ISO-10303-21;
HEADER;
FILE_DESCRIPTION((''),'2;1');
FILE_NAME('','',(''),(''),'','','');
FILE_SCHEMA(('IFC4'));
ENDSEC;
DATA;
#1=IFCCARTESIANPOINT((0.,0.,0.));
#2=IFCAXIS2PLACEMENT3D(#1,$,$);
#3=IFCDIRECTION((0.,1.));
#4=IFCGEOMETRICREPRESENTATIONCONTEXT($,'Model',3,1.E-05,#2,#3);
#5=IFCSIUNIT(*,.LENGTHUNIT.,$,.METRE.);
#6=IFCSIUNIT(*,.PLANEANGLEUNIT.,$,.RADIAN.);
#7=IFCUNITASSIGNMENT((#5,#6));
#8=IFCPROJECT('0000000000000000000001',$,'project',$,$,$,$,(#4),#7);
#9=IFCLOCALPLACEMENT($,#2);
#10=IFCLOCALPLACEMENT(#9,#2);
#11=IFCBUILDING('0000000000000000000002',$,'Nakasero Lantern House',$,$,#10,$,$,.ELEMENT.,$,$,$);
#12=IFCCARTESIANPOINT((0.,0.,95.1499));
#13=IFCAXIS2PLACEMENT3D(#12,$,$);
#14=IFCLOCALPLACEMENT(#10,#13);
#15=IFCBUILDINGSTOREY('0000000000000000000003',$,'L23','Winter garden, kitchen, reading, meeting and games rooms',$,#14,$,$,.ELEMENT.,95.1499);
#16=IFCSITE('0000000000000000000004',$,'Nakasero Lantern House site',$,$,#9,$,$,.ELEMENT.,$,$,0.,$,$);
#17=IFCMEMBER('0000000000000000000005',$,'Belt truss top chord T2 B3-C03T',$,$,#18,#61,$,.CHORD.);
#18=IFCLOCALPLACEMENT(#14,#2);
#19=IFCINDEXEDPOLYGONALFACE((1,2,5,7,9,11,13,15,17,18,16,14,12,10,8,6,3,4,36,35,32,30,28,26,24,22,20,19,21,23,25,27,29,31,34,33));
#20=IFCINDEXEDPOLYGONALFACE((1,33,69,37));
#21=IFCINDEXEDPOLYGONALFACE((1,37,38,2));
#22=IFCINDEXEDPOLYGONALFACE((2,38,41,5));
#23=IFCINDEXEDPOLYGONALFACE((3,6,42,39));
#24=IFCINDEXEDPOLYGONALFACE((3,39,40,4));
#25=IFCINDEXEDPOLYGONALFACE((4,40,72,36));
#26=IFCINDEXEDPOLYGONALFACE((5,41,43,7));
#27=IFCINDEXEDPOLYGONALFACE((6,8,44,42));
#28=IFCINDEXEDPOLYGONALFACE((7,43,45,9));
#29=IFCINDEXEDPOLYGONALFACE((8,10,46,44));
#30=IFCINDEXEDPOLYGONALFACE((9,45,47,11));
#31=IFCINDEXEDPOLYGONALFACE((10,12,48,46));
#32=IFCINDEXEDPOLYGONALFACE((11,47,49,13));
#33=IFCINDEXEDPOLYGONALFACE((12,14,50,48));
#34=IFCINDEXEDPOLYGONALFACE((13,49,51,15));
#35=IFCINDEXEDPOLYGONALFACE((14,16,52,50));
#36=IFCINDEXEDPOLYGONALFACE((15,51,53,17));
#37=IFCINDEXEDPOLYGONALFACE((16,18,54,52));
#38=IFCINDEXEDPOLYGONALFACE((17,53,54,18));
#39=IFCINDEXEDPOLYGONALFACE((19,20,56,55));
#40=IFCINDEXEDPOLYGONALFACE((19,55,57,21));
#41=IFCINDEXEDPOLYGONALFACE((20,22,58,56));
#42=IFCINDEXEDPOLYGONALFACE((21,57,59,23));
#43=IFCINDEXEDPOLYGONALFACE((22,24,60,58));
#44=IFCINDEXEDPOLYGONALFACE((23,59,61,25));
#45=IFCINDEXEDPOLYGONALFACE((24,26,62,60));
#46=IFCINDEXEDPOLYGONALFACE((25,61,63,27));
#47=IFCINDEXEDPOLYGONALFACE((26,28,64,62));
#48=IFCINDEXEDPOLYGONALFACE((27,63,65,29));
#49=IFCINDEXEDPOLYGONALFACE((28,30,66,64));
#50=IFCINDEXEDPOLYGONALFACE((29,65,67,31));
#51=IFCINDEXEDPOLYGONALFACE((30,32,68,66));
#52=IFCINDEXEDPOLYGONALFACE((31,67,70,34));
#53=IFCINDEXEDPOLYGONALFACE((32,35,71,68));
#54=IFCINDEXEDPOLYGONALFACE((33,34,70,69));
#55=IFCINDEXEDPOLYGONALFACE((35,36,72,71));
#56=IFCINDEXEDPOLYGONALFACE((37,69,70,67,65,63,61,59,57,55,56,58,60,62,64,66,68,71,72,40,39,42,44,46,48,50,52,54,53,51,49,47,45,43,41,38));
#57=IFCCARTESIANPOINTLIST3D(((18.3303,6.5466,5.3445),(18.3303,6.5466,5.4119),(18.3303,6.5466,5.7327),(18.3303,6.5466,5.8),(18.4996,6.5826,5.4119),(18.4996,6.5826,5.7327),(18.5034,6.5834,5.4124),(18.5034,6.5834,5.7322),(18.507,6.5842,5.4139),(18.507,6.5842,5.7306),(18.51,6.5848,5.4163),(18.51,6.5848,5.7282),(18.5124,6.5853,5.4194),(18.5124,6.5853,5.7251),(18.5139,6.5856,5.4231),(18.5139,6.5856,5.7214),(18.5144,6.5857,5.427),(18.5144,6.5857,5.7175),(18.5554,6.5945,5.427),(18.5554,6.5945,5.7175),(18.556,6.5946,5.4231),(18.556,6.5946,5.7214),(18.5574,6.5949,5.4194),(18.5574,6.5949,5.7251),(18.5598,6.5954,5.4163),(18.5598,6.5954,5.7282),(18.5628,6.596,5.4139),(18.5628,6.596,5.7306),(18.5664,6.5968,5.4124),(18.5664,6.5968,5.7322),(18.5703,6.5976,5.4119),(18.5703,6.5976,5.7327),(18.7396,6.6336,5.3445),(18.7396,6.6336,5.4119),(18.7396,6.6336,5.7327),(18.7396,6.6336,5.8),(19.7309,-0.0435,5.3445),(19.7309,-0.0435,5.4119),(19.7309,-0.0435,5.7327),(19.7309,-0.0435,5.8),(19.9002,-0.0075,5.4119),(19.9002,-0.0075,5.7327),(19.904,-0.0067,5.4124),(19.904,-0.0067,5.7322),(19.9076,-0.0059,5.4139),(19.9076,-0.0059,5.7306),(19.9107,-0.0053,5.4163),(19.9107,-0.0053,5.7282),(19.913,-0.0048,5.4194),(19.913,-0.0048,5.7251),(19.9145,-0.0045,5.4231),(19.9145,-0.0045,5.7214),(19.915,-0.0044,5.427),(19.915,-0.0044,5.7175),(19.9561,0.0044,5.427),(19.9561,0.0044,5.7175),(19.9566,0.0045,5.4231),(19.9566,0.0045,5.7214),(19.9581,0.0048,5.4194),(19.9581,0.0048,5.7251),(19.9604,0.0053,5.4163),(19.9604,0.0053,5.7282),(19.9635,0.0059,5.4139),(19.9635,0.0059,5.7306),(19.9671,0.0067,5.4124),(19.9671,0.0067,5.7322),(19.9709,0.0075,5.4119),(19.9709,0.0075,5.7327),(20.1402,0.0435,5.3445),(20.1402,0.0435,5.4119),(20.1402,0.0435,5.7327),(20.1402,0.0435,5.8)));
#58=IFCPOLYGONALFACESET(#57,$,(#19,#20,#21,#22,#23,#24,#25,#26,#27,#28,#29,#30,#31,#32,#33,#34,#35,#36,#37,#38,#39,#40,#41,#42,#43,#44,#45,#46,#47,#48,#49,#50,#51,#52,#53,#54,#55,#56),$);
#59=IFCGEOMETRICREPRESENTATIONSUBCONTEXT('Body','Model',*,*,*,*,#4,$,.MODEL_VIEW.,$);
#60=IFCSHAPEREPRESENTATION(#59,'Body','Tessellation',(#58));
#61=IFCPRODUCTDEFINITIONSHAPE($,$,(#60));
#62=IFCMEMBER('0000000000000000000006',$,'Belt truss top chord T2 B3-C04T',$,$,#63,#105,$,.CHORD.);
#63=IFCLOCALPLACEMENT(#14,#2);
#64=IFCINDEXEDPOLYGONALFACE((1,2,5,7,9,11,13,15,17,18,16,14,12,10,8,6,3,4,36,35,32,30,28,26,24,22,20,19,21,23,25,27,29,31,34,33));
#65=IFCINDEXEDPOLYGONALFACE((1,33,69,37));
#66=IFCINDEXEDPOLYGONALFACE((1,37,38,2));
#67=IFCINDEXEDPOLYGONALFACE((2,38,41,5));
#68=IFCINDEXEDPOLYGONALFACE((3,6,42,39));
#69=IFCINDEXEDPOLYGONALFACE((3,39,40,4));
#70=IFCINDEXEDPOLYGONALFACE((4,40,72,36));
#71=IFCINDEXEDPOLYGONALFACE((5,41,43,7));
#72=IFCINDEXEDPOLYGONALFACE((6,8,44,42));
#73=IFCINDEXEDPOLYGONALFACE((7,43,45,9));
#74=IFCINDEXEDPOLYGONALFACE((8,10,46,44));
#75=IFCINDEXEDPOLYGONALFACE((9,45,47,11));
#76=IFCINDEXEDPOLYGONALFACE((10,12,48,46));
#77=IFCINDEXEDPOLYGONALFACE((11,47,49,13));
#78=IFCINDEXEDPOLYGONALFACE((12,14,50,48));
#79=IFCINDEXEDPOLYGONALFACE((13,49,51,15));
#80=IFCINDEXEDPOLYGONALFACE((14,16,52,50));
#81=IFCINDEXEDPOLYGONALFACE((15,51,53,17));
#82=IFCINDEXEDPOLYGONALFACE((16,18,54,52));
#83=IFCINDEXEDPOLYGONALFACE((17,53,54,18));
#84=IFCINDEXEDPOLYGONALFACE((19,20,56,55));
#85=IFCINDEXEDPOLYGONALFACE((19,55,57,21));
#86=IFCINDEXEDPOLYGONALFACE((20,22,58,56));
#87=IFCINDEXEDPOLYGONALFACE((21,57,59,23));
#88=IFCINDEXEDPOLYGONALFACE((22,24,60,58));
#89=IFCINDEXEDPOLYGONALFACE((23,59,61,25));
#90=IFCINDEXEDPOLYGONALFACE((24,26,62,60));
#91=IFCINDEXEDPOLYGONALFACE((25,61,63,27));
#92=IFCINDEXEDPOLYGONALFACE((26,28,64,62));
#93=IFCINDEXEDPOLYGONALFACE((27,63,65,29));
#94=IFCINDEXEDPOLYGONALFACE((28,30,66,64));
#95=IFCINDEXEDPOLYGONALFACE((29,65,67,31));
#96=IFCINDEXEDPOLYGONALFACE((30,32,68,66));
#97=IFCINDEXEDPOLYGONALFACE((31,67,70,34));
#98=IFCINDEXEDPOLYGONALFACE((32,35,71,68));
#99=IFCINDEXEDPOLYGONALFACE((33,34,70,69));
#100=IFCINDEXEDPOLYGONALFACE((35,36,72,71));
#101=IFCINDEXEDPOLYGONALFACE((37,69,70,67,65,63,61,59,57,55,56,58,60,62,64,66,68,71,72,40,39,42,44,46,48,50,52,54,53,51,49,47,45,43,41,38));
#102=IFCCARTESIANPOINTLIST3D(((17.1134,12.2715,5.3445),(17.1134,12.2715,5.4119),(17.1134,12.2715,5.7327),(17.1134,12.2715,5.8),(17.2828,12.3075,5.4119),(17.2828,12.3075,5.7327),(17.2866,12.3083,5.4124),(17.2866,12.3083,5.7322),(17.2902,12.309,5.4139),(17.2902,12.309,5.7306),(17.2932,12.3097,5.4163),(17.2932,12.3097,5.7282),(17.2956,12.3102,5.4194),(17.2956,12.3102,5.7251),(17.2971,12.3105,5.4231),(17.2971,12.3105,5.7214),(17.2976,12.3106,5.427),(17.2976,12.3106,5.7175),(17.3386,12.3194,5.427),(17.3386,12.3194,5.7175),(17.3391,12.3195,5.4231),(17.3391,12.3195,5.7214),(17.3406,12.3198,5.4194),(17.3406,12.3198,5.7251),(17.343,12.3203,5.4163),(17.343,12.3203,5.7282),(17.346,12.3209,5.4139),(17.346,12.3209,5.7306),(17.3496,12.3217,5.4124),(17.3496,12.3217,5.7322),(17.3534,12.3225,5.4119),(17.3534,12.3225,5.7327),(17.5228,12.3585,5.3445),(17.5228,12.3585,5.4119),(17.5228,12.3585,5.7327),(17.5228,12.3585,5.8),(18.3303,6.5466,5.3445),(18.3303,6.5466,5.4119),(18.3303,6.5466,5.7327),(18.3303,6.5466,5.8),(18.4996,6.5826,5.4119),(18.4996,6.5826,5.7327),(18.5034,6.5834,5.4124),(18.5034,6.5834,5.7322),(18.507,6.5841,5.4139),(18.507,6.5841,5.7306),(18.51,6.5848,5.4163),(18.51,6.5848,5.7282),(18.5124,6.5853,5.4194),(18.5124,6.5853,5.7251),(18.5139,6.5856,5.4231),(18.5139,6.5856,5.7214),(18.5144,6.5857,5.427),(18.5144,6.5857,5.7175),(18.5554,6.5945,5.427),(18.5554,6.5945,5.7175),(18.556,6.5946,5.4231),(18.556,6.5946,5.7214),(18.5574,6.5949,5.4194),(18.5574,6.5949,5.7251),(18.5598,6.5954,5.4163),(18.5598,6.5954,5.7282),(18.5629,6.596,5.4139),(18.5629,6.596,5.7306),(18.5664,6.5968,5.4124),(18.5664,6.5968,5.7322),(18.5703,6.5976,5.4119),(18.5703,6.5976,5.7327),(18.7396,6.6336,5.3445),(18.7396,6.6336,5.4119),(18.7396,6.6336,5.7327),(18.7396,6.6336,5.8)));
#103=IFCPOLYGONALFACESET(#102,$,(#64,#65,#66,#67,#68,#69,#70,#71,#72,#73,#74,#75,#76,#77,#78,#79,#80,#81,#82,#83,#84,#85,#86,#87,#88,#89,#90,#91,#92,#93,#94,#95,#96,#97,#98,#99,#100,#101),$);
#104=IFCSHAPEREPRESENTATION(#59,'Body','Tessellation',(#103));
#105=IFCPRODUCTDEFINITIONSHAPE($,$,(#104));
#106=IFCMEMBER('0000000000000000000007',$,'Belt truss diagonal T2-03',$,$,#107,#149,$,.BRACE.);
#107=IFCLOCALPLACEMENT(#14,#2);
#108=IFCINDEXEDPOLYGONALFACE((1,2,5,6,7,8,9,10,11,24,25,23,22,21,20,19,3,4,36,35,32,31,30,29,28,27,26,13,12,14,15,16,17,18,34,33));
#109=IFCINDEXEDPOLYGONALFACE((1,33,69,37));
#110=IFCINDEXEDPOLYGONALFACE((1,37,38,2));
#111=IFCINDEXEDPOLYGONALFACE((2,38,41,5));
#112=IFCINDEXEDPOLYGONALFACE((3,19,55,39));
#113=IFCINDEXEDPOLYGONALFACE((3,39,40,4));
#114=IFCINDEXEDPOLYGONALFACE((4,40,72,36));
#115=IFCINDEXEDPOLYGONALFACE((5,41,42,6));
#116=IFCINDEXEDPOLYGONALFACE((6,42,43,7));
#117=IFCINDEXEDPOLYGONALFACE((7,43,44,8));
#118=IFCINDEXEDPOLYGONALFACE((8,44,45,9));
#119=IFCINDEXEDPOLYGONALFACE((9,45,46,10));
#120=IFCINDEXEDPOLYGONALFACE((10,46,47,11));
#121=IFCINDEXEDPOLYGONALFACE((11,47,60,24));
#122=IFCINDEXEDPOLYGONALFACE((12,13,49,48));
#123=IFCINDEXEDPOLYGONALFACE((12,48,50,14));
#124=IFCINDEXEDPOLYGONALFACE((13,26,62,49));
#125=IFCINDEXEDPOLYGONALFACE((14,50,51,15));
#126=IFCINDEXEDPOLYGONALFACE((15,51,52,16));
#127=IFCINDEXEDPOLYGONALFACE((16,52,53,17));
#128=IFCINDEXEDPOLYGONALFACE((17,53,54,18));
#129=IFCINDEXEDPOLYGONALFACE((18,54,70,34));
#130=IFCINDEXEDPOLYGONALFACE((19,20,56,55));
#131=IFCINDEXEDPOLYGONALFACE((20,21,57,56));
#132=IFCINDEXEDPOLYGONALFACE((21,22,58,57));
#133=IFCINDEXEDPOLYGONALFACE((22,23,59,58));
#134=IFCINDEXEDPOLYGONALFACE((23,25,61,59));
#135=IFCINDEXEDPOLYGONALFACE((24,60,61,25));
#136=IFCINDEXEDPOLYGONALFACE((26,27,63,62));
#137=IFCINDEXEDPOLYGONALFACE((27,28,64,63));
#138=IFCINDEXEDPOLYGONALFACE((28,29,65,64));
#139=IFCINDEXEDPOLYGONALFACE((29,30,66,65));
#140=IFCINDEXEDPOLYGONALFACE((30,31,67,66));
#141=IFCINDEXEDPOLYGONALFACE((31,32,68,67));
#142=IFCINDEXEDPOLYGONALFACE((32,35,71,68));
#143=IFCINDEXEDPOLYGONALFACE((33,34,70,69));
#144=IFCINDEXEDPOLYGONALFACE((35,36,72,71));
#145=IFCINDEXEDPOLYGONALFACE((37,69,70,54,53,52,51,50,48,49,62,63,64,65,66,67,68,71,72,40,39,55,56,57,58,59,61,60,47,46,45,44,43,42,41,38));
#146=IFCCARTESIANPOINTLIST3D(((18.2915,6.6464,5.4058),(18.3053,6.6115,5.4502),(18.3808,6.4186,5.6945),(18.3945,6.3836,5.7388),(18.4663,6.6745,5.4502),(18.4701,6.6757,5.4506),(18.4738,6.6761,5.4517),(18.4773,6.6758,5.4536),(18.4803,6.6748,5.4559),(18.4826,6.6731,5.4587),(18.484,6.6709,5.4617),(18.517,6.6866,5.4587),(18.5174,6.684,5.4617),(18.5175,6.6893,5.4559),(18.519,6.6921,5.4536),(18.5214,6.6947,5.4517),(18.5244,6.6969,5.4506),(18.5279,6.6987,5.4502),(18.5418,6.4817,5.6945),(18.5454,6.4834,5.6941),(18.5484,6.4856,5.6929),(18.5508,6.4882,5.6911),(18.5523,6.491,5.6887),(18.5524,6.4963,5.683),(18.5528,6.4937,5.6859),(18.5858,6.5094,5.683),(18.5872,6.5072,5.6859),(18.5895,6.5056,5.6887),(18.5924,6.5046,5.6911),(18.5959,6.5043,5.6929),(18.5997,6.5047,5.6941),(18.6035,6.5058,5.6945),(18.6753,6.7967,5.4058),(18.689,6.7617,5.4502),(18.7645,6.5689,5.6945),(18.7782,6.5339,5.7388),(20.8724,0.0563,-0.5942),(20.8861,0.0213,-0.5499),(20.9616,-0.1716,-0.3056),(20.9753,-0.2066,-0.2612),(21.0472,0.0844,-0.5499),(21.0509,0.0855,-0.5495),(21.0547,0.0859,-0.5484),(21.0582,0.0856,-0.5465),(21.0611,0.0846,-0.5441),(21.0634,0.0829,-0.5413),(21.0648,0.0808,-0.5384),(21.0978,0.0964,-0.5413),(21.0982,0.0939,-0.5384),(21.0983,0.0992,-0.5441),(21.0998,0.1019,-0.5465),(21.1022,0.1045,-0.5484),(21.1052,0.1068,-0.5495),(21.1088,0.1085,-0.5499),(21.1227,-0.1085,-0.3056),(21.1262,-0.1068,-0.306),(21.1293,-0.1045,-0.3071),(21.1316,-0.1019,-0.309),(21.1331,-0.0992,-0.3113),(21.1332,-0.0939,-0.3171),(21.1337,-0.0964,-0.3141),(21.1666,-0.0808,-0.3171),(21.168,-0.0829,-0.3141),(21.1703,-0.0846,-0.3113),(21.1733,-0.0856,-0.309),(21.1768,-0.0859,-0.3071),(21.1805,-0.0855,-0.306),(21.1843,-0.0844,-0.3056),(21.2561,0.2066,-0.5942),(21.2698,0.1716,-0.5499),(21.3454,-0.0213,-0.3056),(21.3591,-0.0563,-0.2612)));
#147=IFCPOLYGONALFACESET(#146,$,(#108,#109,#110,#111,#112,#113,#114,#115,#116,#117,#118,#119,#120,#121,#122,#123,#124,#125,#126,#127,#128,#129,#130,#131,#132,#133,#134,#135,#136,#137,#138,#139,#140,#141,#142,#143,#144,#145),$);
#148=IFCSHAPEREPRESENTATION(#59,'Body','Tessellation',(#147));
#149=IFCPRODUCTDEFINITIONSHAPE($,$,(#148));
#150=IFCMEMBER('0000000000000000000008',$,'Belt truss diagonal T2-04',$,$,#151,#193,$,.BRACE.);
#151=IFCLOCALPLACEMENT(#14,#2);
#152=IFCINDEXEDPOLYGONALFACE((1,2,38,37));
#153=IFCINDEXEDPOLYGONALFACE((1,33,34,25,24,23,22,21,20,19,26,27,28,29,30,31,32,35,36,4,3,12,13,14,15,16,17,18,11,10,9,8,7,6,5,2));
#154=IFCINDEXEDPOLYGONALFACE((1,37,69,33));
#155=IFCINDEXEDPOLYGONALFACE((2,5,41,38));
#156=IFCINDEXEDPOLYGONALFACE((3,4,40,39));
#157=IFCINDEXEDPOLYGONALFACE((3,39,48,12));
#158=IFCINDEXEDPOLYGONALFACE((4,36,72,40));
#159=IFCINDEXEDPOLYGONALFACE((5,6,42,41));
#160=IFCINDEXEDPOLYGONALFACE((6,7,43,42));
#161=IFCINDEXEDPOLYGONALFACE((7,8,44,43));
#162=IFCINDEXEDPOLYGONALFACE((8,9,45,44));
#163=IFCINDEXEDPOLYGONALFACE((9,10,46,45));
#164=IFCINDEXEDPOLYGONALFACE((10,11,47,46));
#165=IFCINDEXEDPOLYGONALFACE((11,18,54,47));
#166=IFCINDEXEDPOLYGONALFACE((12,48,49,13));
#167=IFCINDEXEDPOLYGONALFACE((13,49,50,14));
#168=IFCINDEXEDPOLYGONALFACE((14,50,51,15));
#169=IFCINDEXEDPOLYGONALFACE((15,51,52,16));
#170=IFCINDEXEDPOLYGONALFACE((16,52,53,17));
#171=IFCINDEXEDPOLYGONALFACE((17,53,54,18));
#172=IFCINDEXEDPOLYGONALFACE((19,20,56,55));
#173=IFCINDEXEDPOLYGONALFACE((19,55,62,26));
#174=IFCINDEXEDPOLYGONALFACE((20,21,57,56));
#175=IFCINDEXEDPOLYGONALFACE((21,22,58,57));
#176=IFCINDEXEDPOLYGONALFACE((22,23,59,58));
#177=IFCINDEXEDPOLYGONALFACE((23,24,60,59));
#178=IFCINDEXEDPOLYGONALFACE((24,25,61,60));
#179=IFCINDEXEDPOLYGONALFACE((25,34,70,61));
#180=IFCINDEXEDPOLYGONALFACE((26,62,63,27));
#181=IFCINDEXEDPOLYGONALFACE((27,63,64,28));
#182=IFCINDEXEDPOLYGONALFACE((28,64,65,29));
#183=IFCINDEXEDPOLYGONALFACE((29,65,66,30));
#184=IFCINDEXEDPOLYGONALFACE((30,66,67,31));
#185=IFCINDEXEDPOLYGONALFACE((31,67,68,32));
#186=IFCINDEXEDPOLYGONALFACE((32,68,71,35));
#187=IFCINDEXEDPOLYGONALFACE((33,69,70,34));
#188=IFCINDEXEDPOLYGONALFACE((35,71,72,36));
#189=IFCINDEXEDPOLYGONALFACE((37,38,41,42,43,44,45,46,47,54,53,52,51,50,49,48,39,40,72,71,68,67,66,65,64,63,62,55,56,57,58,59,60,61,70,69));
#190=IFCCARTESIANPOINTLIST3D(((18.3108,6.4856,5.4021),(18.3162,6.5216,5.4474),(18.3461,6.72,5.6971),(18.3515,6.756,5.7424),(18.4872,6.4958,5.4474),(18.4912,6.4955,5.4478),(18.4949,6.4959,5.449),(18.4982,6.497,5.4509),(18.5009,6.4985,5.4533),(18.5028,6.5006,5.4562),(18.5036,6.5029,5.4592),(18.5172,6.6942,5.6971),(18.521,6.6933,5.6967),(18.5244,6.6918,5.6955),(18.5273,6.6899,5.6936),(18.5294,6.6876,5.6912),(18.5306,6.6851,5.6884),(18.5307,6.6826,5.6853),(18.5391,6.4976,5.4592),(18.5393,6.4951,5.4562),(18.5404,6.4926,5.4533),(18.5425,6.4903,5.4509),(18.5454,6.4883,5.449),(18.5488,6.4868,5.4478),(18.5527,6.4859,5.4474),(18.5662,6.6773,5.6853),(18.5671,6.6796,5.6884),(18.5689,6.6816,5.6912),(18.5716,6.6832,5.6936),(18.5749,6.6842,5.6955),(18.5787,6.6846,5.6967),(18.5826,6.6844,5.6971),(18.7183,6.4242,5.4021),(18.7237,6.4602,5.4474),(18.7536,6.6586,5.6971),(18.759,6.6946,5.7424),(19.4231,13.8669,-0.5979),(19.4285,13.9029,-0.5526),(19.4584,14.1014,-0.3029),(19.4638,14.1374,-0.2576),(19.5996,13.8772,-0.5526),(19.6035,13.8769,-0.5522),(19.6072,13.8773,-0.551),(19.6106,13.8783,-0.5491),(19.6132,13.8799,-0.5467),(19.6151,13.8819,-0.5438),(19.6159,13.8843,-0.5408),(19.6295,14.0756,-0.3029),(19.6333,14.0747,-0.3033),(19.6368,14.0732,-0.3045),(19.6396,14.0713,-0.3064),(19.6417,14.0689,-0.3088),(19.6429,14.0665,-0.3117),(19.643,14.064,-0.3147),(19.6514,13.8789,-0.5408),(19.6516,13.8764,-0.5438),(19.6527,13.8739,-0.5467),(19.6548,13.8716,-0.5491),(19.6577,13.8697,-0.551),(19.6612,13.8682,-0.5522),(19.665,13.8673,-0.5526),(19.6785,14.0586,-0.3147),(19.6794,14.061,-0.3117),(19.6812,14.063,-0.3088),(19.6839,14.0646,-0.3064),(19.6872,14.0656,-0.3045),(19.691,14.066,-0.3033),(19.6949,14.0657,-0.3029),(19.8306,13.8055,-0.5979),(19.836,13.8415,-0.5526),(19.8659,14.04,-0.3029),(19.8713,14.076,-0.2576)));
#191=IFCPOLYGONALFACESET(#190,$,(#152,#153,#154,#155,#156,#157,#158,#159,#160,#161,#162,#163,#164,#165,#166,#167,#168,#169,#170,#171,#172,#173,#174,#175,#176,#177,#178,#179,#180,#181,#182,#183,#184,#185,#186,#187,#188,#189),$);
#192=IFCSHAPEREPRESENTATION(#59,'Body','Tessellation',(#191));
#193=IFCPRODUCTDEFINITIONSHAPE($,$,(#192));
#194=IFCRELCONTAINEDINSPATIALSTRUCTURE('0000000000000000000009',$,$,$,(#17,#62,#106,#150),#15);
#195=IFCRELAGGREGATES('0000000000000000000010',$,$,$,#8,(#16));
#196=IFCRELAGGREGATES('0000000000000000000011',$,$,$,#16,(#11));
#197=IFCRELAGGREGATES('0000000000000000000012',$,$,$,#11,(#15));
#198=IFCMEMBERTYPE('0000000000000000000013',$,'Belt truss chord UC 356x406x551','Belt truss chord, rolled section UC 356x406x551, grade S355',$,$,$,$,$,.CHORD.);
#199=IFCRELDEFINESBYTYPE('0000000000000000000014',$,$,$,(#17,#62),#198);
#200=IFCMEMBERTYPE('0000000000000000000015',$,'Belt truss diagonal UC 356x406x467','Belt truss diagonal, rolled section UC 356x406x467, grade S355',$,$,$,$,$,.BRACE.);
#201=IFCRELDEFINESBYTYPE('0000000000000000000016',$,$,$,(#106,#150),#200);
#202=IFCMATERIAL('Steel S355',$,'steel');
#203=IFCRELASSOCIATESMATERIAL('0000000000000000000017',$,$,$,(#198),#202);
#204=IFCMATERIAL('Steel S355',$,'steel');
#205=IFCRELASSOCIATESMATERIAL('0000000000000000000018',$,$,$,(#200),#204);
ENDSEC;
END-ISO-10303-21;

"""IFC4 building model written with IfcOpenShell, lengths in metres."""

from ifc_helpers import new_model, si_unit, direction, frame, origin, origin_2d, place, context, subcontext, project, spatial, i_section, extrude, material, material_profile, profile_set, type_object, element, save


model = new_model("IFC4")

# Units and contexts
model_context = context("Model", 3, precision=1e-05, world=origin(), true_north=direction((0.0, 1.0)))
body_context = subcontext(model_context, "Body", "Model", "MODEL_VIEW")
ifc_project = project(units=[si_unit("LENGTHUNIT", "METRE"), si_unit("PLANEANGLEUNIT", "RADIAN")], contexts=[model_context])

# Site, building, storey
site_placement = place(None, origin())
site = spatial("IfcSite", under=ifc_project, at=site_placement, Name="Nakasero Lantern House site", CompositionType="ELEMENT", RefElevation=0.0)
building_placement = place(site_placement, origin())
building = spatial("IfcBuilding", under=site, at=building_placement, Name="Nakasero Lantern House", CompositionType="ELEMENT")
storey_placement = place(building_placement, frame((0.0, 0.0, 95.1499)))
storey = spatial("IfcBuildingStorey", under=building, at=storey_placement, Name="L23", Description="Winter garden, kitchen, reading, meeting and games rooms", CompositionType="ELEMENT", Elevation=95.1499)

# Members
ifc_material_1 = material(Name="Steel S355", Category="steel")
ifc_material_profile_1 = material_profile(ifc_material_1, i_section(OverallWidth=0.4185, OverallDepth=0.4556, WebThickness=0.042, FlangeThickness=0.0674, FilletRadius=0.0151, at=origin_2d()), Name="UC 356x406x551")
ifc_profile_set_1 = profile_set([ifc_material_profile_1], Name="Steel S355")
member_type_1 = type_object("IfcMemberType", Name="Belt truss chord UC 356x406x551", Description="Belt truss chord, rolled section UC 356x406x551, grade S355", PredefinedType="CHORD", material=ifc_profile_set_1)
member_1_placement = place(storey_placement, frame((19.9355, 0.0, 5.5723), z_axis=(-0.207893, 0.978152, 0.0), x_axis=(-0.978152, -0.207893, 0.0)))
element("IfcMember", 1, at=member_1_placement, inside=storey, type_object=member_type_1, Name="Belt truss top chord T2 B3-C03T", PredefinedType="CHORD", context=body_context, shape_type="SweptSolid", body=[
    extrude(i_section(OverallWidth=0.4185, OverallDepth=0.4556, WebThickness=0.042, FlangeThickness=0.0674, FilletRadius=0.0151, at=origin_2d()), origin(), (0.0, 0.0, 1.0), 6.7373),
])
member_2_placement = place(storey_placement, frame((18.5349, 6.5901, 5.5723), z_axis=(-0.207902, 0.97815, 0.0), x_axis=(-0.97815, -0.207902, 0.0)))
element("IfcMember", 2, at=member_2_placement, inside=storey, type_object=member_type_1, Name="Belt truss top chord T2 B3-C04T", PredefinedType="CHORD", context=body_context, shape_type="SweptSolid", body=[
    extrude(i_section(OverallWidth=0.4185, OverallDepth=0.4556, WebThickness=0.042, FlangeThickness=0.0674, FilletRadius=0.0151, at=origin_2d()), origin(), (0.0, 0.0, 1.0), 5.8528),
])
ifc_material_2 = material(Name="Steel S355", Category="steel")
ifc_material_profile_2 = material_profile(ifc_material_2, i_section(OverallWidth=0.4121, OverallDepth=0.4365, WebThickness=0.0359, FlangeThickness=0.0581, FilletRadius=0.0151, at=origin_2d()), Name="UC 356x406x467")
ifc_profile_set_2 = profile_set([ifc_material_profile_2], Name="Steel S355")
member_type_2 = type_object("IfcMemberType", Name="Belt truss diagonal UC 356x406x467", Description="Belt truss diagonal, rolled section UC 356x406x467, grade S355", PredefinedType="BRACE", material=ifc_profile_set_2)
member_3_placement = place(storey_placement, frame((21.1157, 0.0, -0.4277), z_axis=(-0.278151, 0.710257, 0.646659), x_axis=(-0.931143, -0.364654, 0.0)))
element("IfcMember", 3, at=member_3_placement, inside=storey, type_object=member_type_2, Name="Belt truss diagonal T2-03", PredefinedType="BRACE", context=body_context, shape_type="SweptSolid", body=[
    extrude(i_section(OverallWidth=0.4121, OverallDepth=0.4365, WebThickness=0.0359, FlangeThickness=0.0581, FilletRadius=0.0151, at=origin_2d()), origin(), (0.0, 0.0, 1.0), 9.2786),
])
member_4_placement = place(storey_placement, frame((18.5349, 6.5901, 5.5723), z_axis=(0.116142, 0.770726, -0.626492), x_axis=(-0.988836, 0.149009, 0.0)))
element("IfcMember", 4, at=member_4_placement, inside=storey, type_object=member_type_2, Name="Belt truss diagonal T2-04", PredefinedType="BRACE", context=body_context, shape_type="SweptSolid", body=[
    extrude(i_section(OverallWidth=0.4121, OverallDepth=0.4365, WebThickness=0.0359, FlangeThickness=0.0581, FilletRadius=0.0151, at=origin_2d()), origin(), (0.0, 0.0, 1.0), 9.5771),
])

save(model, "model.ifc")
